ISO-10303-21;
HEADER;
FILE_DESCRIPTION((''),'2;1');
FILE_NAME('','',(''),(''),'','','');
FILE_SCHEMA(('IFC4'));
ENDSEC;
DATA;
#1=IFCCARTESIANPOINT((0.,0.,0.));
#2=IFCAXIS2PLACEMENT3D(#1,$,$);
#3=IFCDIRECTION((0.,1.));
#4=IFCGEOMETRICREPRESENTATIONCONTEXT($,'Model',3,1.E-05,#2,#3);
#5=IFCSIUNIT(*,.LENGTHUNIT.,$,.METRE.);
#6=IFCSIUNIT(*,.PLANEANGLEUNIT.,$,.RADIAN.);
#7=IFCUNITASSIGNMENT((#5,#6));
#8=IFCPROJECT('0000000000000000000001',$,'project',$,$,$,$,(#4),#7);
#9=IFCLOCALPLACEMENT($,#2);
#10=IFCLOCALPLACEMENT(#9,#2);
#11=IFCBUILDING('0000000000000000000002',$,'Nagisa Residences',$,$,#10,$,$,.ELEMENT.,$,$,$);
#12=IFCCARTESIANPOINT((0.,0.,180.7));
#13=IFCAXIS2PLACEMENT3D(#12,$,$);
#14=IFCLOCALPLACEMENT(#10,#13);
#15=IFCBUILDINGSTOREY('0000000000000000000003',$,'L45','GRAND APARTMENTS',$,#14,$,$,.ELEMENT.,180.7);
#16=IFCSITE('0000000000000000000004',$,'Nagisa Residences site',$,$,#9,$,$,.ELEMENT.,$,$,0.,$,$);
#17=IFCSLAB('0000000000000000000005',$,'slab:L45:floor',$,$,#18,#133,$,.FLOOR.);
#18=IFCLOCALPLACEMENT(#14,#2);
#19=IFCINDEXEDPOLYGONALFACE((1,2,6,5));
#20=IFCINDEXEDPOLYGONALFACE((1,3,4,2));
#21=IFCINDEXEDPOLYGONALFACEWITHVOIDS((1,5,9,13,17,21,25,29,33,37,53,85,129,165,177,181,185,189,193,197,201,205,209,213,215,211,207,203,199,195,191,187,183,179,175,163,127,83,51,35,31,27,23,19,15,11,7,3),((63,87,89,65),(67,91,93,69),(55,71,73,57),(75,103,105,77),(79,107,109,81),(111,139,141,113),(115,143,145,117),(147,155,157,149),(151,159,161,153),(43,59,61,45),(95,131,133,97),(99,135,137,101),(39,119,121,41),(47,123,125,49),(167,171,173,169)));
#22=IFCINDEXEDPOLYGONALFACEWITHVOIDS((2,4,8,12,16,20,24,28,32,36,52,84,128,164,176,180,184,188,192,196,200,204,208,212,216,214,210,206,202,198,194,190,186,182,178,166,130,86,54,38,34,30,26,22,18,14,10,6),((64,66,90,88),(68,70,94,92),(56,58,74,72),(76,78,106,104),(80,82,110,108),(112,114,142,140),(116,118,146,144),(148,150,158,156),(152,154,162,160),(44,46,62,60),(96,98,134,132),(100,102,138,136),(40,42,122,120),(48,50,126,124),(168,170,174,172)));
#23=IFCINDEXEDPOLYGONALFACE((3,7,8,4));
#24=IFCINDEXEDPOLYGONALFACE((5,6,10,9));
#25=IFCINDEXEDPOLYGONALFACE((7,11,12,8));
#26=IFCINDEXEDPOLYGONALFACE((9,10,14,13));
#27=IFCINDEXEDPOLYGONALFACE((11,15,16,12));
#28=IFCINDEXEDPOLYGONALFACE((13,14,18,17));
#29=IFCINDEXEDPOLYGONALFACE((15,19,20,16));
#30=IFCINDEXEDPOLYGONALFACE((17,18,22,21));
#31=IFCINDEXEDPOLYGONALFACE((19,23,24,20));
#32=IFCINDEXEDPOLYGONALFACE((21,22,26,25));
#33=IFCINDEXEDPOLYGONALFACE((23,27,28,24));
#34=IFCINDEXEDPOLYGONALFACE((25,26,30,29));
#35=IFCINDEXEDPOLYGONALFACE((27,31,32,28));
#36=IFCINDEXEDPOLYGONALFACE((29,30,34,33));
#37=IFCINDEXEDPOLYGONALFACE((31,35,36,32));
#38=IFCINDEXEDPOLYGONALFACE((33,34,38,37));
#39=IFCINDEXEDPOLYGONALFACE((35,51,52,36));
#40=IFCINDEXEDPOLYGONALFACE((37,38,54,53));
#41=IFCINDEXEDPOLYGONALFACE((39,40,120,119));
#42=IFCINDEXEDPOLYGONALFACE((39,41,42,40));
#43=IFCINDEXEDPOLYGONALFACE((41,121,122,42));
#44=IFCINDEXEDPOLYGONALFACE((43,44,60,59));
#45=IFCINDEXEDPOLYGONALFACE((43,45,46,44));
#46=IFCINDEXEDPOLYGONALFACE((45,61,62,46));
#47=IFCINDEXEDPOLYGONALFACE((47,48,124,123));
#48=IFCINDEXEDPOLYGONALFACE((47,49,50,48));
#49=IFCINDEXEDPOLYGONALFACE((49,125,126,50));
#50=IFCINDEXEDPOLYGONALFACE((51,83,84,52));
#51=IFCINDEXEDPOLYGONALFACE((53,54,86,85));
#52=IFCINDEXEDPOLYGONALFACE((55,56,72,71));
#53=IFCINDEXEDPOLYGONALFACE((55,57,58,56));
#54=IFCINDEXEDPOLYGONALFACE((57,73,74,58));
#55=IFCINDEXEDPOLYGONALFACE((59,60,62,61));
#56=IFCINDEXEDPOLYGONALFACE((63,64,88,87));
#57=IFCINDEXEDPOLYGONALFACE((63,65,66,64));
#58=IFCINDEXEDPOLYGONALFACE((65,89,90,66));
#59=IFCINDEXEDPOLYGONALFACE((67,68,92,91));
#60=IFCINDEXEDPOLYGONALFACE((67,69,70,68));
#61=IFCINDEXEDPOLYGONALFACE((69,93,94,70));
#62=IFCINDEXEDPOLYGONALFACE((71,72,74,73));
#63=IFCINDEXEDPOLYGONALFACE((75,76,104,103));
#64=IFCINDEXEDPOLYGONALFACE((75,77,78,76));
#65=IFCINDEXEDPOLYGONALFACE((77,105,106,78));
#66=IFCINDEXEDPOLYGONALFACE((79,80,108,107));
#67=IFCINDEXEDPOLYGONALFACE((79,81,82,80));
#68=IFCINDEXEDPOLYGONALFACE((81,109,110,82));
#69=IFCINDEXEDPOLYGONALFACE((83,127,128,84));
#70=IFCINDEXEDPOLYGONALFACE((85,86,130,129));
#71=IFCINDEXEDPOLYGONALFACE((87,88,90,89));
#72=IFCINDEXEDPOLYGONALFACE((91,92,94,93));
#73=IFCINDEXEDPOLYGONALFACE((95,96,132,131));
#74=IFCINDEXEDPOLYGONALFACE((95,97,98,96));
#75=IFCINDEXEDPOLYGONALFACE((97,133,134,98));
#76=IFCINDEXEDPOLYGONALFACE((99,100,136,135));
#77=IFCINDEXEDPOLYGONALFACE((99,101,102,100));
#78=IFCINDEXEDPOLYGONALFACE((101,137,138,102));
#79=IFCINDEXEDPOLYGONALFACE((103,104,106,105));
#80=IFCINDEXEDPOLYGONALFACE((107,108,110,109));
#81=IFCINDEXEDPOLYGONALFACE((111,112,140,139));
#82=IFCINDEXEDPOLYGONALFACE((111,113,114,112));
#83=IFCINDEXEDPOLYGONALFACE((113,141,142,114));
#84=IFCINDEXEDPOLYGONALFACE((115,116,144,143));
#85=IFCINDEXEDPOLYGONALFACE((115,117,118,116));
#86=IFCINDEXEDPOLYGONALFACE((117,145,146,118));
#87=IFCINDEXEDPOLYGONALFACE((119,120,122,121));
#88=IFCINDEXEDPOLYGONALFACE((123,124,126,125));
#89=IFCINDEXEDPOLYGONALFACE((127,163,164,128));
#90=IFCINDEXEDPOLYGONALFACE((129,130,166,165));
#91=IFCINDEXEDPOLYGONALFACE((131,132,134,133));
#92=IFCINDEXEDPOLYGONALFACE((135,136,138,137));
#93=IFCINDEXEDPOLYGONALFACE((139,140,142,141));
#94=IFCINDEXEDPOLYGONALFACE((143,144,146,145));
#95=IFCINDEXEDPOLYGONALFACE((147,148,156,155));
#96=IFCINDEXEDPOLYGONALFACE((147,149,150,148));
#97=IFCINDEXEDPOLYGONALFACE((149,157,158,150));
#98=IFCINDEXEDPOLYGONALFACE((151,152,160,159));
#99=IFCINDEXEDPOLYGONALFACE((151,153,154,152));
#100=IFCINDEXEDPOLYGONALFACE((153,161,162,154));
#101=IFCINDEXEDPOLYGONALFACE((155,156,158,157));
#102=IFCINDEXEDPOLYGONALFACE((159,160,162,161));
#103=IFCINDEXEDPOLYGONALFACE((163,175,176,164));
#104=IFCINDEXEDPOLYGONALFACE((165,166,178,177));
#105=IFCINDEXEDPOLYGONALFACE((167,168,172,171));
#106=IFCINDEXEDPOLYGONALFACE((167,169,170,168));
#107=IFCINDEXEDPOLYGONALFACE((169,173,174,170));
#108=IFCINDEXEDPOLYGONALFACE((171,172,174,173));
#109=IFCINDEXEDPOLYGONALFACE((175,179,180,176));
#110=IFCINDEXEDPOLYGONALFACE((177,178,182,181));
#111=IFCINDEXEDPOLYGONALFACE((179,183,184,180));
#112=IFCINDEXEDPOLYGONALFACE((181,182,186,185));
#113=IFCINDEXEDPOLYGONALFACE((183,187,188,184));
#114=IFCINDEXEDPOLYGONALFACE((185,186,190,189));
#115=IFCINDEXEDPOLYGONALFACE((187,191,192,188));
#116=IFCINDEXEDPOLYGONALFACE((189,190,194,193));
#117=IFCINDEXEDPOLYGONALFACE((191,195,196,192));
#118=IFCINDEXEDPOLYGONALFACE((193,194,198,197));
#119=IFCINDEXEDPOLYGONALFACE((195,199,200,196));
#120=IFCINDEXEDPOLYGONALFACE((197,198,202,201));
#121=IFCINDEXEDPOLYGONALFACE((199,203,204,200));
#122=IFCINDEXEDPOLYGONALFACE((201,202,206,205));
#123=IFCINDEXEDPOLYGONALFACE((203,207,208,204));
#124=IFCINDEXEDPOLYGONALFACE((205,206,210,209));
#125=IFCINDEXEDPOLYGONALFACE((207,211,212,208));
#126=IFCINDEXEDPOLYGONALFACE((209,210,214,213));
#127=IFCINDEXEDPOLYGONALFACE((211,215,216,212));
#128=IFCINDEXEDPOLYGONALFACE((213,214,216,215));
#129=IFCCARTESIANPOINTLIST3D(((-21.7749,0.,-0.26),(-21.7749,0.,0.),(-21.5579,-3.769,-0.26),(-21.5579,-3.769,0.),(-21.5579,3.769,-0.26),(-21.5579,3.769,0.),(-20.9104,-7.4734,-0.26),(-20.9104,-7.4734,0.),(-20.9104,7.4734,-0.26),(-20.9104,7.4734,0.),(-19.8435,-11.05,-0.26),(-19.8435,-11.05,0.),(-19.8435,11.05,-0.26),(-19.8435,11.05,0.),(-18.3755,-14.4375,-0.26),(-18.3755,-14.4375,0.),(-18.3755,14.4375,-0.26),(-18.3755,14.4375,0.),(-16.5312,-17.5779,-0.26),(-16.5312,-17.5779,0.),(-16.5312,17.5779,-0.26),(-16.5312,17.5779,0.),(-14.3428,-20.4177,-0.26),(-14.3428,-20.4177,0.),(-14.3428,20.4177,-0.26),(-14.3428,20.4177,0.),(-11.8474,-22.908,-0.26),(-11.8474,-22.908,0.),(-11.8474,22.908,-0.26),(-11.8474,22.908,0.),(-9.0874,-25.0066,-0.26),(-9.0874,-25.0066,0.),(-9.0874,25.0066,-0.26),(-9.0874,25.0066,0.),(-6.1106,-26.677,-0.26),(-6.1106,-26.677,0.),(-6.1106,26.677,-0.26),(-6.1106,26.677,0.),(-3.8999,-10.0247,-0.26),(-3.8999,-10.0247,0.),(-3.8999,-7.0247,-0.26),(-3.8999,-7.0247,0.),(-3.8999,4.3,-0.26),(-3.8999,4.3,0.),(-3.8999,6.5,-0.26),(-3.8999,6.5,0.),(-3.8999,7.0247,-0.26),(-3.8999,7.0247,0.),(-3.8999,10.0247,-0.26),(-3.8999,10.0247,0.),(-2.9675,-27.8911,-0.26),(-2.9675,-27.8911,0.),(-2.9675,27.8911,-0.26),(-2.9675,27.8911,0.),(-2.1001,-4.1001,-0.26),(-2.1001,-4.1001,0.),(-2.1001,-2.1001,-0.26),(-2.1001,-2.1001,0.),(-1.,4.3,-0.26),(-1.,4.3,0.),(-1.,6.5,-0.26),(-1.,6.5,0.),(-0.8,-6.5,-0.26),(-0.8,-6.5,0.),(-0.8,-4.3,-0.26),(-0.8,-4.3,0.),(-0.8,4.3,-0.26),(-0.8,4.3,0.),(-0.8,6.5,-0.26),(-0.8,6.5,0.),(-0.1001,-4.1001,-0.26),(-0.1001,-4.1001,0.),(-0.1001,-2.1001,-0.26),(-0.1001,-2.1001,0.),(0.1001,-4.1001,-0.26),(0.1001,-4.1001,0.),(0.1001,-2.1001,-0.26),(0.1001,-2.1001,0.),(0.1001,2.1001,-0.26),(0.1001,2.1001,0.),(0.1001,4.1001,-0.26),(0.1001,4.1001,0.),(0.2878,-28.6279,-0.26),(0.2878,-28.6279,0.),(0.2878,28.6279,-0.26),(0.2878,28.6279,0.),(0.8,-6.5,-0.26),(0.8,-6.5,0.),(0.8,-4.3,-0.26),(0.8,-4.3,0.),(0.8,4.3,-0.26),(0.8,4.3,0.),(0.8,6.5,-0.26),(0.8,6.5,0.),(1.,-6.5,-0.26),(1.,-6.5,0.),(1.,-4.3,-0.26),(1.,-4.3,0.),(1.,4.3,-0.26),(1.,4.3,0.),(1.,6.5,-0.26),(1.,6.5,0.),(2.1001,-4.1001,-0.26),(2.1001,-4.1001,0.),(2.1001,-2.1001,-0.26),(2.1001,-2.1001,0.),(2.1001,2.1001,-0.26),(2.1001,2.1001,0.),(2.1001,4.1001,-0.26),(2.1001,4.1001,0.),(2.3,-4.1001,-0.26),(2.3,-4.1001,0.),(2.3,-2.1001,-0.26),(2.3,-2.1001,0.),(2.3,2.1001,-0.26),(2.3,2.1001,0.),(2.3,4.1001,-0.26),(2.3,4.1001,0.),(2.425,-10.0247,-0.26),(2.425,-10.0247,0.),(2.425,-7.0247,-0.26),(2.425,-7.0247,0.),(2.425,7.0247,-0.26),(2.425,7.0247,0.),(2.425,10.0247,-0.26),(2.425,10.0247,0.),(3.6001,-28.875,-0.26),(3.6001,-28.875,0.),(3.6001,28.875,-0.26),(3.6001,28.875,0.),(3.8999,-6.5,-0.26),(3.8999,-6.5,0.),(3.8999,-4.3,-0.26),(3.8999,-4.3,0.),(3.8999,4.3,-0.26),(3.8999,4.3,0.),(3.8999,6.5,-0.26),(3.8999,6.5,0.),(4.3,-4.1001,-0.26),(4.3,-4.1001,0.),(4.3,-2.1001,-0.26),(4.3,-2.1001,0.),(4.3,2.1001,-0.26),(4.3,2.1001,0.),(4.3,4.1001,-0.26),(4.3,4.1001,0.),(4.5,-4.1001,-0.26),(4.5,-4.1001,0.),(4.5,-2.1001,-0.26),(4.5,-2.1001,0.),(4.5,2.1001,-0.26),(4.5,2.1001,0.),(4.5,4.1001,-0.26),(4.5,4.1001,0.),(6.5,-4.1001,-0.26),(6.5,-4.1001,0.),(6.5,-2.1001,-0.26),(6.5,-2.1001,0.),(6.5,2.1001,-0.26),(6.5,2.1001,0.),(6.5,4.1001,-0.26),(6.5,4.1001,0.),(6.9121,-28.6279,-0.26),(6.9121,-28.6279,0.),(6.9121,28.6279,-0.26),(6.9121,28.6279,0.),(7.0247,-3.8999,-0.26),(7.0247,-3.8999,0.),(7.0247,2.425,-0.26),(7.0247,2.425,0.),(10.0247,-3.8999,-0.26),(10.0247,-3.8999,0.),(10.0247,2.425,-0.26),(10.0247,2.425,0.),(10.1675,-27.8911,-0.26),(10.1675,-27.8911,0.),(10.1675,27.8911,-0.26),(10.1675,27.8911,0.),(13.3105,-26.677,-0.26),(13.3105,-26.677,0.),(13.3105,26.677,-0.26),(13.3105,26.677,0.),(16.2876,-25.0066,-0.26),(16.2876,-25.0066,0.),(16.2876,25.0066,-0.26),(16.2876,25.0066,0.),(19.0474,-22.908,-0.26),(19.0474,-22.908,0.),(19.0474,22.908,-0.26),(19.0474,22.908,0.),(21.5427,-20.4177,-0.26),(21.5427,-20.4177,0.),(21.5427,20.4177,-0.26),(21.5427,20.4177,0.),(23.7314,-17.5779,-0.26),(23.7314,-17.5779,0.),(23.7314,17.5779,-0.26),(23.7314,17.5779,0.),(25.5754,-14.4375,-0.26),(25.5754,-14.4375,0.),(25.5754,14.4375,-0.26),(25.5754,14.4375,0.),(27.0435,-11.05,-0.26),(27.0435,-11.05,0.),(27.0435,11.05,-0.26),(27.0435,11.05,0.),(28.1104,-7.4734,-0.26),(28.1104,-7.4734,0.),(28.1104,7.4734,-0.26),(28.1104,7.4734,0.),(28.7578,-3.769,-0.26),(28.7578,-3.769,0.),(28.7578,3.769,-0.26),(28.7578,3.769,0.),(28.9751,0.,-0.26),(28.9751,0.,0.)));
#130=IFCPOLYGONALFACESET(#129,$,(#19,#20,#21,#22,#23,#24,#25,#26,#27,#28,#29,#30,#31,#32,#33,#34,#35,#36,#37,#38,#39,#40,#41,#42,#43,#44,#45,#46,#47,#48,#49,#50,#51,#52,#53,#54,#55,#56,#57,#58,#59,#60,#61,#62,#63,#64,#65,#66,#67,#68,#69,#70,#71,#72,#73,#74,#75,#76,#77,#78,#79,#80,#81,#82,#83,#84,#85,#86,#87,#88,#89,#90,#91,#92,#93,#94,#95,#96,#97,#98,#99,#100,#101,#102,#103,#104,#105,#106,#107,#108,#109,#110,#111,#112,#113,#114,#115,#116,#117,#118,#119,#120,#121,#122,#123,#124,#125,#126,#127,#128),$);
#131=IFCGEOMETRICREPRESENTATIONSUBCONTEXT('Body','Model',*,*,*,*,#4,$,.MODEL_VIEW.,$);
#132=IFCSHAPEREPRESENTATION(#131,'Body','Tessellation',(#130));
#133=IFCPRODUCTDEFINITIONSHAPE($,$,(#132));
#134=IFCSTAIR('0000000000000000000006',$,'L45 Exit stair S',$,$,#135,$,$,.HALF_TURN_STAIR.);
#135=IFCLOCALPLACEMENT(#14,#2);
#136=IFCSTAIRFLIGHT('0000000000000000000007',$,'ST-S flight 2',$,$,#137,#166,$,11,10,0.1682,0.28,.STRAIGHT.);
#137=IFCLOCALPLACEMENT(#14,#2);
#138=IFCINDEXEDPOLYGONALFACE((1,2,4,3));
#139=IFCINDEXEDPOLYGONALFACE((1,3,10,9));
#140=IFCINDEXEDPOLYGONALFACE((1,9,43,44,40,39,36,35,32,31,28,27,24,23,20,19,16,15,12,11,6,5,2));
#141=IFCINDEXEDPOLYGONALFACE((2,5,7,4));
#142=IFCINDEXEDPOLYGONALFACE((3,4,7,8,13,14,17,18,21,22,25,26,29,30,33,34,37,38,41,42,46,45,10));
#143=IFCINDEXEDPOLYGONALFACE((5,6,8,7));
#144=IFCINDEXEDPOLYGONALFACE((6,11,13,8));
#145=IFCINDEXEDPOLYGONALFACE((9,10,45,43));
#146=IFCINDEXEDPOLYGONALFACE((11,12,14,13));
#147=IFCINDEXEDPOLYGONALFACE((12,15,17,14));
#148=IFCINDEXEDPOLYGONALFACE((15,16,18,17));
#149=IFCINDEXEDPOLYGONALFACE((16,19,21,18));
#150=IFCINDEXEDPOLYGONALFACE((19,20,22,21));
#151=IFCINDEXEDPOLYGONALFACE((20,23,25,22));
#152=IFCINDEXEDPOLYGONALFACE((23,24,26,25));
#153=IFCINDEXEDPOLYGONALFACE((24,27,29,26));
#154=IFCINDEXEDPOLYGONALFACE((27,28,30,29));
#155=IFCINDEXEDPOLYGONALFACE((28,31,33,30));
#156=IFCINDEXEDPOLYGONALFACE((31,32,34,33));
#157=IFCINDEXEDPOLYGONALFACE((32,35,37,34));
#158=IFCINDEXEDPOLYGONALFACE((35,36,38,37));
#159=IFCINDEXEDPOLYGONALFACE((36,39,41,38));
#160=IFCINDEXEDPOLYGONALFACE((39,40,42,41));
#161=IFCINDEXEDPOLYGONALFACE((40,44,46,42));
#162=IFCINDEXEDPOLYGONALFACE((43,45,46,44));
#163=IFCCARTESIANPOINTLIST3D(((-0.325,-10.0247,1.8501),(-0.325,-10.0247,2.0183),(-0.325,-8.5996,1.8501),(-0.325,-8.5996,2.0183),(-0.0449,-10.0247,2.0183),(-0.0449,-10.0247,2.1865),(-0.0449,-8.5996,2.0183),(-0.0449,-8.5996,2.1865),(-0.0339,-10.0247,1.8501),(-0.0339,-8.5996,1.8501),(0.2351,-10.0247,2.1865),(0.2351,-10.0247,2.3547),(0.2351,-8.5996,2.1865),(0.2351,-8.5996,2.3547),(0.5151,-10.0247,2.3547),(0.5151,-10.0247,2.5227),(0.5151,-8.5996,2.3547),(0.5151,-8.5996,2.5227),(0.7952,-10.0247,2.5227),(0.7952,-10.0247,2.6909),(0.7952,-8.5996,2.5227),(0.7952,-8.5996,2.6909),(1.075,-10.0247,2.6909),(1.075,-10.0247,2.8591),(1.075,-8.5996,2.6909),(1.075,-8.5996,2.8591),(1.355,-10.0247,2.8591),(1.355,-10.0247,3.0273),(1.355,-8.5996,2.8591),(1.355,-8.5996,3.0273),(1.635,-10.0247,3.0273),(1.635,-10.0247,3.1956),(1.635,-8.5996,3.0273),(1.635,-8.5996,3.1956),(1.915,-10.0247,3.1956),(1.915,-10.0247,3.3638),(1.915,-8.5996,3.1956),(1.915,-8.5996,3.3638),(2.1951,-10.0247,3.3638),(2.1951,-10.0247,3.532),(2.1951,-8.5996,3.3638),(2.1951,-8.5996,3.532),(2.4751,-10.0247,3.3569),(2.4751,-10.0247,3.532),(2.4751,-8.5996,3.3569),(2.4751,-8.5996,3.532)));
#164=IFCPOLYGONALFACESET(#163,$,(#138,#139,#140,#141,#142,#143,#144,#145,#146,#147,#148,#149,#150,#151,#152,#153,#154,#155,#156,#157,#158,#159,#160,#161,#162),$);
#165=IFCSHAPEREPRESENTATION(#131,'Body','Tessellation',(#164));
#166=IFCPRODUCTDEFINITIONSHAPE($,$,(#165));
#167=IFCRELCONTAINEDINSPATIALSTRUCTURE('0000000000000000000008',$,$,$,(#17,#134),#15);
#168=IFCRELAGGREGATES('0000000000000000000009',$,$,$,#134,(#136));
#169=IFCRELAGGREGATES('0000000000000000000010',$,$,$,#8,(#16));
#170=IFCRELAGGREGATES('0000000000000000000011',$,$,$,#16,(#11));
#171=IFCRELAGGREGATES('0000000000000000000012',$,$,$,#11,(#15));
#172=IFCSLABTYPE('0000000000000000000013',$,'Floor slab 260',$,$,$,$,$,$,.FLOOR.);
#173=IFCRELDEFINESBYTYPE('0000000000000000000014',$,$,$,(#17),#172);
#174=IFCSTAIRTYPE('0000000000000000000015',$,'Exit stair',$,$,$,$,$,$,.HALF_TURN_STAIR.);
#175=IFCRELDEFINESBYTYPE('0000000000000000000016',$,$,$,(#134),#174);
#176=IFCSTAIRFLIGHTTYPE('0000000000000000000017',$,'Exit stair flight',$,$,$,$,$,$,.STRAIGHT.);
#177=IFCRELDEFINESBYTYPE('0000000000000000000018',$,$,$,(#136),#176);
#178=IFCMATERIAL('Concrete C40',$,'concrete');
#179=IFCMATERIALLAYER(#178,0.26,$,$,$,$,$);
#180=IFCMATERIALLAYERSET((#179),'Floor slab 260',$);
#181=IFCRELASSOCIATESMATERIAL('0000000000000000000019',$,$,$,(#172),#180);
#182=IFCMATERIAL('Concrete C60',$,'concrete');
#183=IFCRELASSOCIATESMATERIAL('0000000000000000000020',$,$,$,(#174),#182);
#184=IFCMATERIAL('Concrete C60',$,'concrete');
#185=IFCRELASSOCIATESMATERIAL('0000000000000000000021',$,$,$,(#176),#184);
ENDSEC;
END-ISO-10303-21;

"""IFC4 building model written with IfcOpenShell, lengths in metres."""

from ifc_helpers import new_model, si_unit, direction, frame, origin, place, context, subcontext, project, spatial, polyline, outline, extrude, material, layer, layer_set, type_object, element, aggregate, save


model = new_model("IFC4")

# Units and contexts
model_context = context("Model", 3, precision=1e-05, world=origin(), true_north=direction((0.0, 1.0)))
body_context = subcontext(model_context, "Body", "Model", "MODEL_VIEW")
ifc_project = project(units=[si_unit("LENGTHUNIT", "METRE"), si_unit("PLANEANGLEUNIT", "RADIAN")], contexts=[model_context])

# Site, building, storey
site_placement = place(None, origin())
site = spatial("IfcSite", under=ifc_project, at=site_placement, Name="Nagisa Residences site", CompositionType="ELEMENT", RefElevation=0.0)
building_placement = place(site_placement, origin())
building = spatial("IfcBuilding", under=site, at=building_placement, Name="Nagisa Residences", CompositionType="ELEMENT")
storey_placement = place(building_placement, frame((0.0, 0.0, 180.7)))
storey = spatial("IfcBuildingStorey", under=building, at=storey_placement, Name="L45", Description="GRAND APARTMENTS", CompositionType="ELEMENT", Elevation=180.7)

# Slab
ifc_material_1 = material(Name="Concrete C40", Category="concrete")
ifc_layer_1 = layer(ifc_material_1, 0.26)
ifc_layer_set_1 = layer_set([ifc_layer_1], Name="Floor slab 260")
slab_type_1 = type_object("IfcSlabType", Name="Floor slab 260", PredefinedType="FLOOR", material=ifc_layer_set_1)
slab_1_placement = place(storey_placement, frame((0.0, 0.0, -0.26)))
element("IfcSlab", 1, at=slab_1_placement, inside=storey, type_object=slab_type_1, Name="slab:L45:floor", PredefinedType="FLOOR", context=body_context, shape_type="SweptSolid", body=[
    extrude(outline(polyline([(28.9751, 0.0), (28.7578, 3.769), (28.1104, 7.4734), (27.0435, 11.05), (25.5754, 14.4375), (23.7314, 17.5779), (21.5427, 20.4177), (19.0474, 22.908), (16.2876, 25.0066), (13.3105, 26.677), (10.1675, 27.8911), (6.9121, 28.6279), (3.6001, 28.875), (0.2878, 28.6279), (-2.9675, 27.8911), (-6.1106, 26.677), (-9.0874, 25.0066), (-11.8474, 22.908), (-14.3428, 20.4177), (-16.5312, 17.5779), (-18.3755, 14.4375), (-19.8435, 11.05), (-20.9104, 7.4734), (-21.5579, 3.769), (-21.7749, 0.0), (-21.5579, -3.769), (-20.9104, -7.4734), (-19.8435, -11.05), (-18.3755, -14.4375), (-16.5312, -17.5779), (-14.3428, -20.4177), (-11.8474, -22.908), (-9.0874, -25.0066), (-6.1106, -26.677), (-2.9675, -27.8911), (0.2878, -28.6279), (3.6001, -28.875), (6.9121, -28.6279), (10.1675, -27.8911), (13.3105, -26.677), (16.2876, -25.0066), (19.0474, -22.908), (21.5427, -20.4177), (23.7314, -17.5779), (25.5754, -14.4375), (27.0435, -11.05), (28.1104, -7.4734), (28.7578, -3.769), (28.9751, 0.0)]), holes=[polyline([(2.1001, 2.1001), (2.1001, 4.1001), (0.1001, 4.1001), (0.1001, 2.1001), (2.1001, 2.1001)]), polyline([(4.3, 2.1001), (4.3, 4.1001), (2.3, 4.1001), (2.3, 2.1001), (4.3, 2.1001)]), polyline([(6.5, 2.1001), (6.5, 4.1001), (4.5, 4.1001), (4.5, 2.1001), (6.5, 2.1001)]), polyline([(-0.1001, -4.1001), (-0.1001, -2.1001), (-2.1001, -2.1001), (-2.1001, -4.1001), (-0.1001, -4.1001)]), polyline([(2.1001, -4.1001), (2.1001, -2.1001), (0.1001, -2.1001), (0.1001, -4.1001), (2.1001, -4.1001)]), polyline([(4.3, -4.1001), (4.3, -2.1001), (2.3, -2.1001), (2.3, -4.1001), (4.3, -4.1001)]), polyline([(6.5, -4.1001), (6.5, -2.1001), (4.5, -2.1001), (4.5, -4.1001), (6.5, -4.1001)]), polyline([(3.8999, 4.3), (3.8999, 6.5), (1.0, 6.5), (1.0, 4.3), (3.8999, 4.3)]), polyline([(3.8999, -6.5), (3.8999, -4.3), (1.0, -4.3), (1.0, -6.5), (3.8999, -6.5)]), polyline([(-1.0, 4.3), (-1.0, 6.5), (-3.8999, 6.5), (-3.8999, 4.3), (-1.0, 4.3)]), polyline([(0.8, 4.3), (0.8, 6.5), (-0.8, 6.5), (-0.8, 4.3), (0.8, 4.3)]), polyline([(0.8, -6.5), (0.8, -4.3), (-0.8, -4.3), (-0.8, -6.5), (0.8, -6.5)]), polyline([(10.0247, -3.8999), (7.0247, -3.8999), (7.0247, 2.425), (10.0247, 2.425), (10.0247, -3.8999)]), polyline([(-3.8999, 7.0247), (-3.8999, 10.0247), (2.425, 10.0247), (2.425, 7.0247), (-3.8999, 7.0247)]), polyline([(-3.8999, -10.0247), (-3.8999, -7.0247), (2.425, -7.0247), (2.425, -10.0247), (-3.8999, -10.0247)])]), origin(), (0.0, 0.0, 1.0), 0.26),
])

# Stair, stair flight
ifc_material_2 = material(Name="Concrete C60", Category="concrete")
stair_type = type_object("IfcStairType", Name="Exit stair", PredefinedType="HALF_TURN_STAIR", material=ifc_material_2)
stair_placement = place(storey_placement, origin())
stair = element("IfcStair", 2, at=stair_placement, inside=storey, type_object=stair_type, Name="L45 Exit stair S", PredefinedType="HALF_TURN_STAIR")
ifc_material_3 = material(Name="Concrete C60", Category="concrete")
stair_flight_type = type_object("IfcStairFlightType", Name="Exit stair flight", PredefinedType="STRAIGHT", material=ifc_material_3)
stair_flight_placement = place(storey_placement, frame((-0.325, -9.312, 1.8501), z_axis=(0.0, 0.0, 1.0), x_axis=(1.0, 0.0, 0.0)))
stair_flight = element("IfcStairFlight", 3, at=stair_flight_placement, type_object=stair_flight_type, Name="ST-S flight 2", NumberOfRisers=11, NumberOfTreads=10, PredefinedType="STRAIGHT", RiserHeight=0.1682, TreadLength=0.28, context=body_context, shape_type="SweptSolid", body=[
    extrude(outline(polyline([(0.0, 0.0), (0.0, 0.1682), (0.28, 0.1682), (0.28, 0.3364), (0.5601, 0.3364), (0.5601, 0.5046), (0.8401, 0.5046), (0.8401, 0.6726), (1.1201, 0.6726), (1.1201, 0.8408), (1.3999, 0.8408), (1.3999, 1.009), (1.6799, 1.009), (1.6799, 1.1772), (1.96, 1.1772), (1.96, 1.3455), (2.24, 1.3455), (2.24, 1.5137), (2.52, 1.5137), (2.52, 1.6819), (2.8, 1.6819), (2.8, 1.8501), (2.8, 1.5068), (0.291, 0.0), (0.0, 0.0)])), frame((0.0, 0.7124, 0.0), z_axis=(0.0, -1.0, 0.0), x_axis=(1.0, 0.0, 0.0)), (0.0, 0.0, 1.0), 1.425),
])
aggregate(stair, [stair_flight])

save(model, "model.ifc")
